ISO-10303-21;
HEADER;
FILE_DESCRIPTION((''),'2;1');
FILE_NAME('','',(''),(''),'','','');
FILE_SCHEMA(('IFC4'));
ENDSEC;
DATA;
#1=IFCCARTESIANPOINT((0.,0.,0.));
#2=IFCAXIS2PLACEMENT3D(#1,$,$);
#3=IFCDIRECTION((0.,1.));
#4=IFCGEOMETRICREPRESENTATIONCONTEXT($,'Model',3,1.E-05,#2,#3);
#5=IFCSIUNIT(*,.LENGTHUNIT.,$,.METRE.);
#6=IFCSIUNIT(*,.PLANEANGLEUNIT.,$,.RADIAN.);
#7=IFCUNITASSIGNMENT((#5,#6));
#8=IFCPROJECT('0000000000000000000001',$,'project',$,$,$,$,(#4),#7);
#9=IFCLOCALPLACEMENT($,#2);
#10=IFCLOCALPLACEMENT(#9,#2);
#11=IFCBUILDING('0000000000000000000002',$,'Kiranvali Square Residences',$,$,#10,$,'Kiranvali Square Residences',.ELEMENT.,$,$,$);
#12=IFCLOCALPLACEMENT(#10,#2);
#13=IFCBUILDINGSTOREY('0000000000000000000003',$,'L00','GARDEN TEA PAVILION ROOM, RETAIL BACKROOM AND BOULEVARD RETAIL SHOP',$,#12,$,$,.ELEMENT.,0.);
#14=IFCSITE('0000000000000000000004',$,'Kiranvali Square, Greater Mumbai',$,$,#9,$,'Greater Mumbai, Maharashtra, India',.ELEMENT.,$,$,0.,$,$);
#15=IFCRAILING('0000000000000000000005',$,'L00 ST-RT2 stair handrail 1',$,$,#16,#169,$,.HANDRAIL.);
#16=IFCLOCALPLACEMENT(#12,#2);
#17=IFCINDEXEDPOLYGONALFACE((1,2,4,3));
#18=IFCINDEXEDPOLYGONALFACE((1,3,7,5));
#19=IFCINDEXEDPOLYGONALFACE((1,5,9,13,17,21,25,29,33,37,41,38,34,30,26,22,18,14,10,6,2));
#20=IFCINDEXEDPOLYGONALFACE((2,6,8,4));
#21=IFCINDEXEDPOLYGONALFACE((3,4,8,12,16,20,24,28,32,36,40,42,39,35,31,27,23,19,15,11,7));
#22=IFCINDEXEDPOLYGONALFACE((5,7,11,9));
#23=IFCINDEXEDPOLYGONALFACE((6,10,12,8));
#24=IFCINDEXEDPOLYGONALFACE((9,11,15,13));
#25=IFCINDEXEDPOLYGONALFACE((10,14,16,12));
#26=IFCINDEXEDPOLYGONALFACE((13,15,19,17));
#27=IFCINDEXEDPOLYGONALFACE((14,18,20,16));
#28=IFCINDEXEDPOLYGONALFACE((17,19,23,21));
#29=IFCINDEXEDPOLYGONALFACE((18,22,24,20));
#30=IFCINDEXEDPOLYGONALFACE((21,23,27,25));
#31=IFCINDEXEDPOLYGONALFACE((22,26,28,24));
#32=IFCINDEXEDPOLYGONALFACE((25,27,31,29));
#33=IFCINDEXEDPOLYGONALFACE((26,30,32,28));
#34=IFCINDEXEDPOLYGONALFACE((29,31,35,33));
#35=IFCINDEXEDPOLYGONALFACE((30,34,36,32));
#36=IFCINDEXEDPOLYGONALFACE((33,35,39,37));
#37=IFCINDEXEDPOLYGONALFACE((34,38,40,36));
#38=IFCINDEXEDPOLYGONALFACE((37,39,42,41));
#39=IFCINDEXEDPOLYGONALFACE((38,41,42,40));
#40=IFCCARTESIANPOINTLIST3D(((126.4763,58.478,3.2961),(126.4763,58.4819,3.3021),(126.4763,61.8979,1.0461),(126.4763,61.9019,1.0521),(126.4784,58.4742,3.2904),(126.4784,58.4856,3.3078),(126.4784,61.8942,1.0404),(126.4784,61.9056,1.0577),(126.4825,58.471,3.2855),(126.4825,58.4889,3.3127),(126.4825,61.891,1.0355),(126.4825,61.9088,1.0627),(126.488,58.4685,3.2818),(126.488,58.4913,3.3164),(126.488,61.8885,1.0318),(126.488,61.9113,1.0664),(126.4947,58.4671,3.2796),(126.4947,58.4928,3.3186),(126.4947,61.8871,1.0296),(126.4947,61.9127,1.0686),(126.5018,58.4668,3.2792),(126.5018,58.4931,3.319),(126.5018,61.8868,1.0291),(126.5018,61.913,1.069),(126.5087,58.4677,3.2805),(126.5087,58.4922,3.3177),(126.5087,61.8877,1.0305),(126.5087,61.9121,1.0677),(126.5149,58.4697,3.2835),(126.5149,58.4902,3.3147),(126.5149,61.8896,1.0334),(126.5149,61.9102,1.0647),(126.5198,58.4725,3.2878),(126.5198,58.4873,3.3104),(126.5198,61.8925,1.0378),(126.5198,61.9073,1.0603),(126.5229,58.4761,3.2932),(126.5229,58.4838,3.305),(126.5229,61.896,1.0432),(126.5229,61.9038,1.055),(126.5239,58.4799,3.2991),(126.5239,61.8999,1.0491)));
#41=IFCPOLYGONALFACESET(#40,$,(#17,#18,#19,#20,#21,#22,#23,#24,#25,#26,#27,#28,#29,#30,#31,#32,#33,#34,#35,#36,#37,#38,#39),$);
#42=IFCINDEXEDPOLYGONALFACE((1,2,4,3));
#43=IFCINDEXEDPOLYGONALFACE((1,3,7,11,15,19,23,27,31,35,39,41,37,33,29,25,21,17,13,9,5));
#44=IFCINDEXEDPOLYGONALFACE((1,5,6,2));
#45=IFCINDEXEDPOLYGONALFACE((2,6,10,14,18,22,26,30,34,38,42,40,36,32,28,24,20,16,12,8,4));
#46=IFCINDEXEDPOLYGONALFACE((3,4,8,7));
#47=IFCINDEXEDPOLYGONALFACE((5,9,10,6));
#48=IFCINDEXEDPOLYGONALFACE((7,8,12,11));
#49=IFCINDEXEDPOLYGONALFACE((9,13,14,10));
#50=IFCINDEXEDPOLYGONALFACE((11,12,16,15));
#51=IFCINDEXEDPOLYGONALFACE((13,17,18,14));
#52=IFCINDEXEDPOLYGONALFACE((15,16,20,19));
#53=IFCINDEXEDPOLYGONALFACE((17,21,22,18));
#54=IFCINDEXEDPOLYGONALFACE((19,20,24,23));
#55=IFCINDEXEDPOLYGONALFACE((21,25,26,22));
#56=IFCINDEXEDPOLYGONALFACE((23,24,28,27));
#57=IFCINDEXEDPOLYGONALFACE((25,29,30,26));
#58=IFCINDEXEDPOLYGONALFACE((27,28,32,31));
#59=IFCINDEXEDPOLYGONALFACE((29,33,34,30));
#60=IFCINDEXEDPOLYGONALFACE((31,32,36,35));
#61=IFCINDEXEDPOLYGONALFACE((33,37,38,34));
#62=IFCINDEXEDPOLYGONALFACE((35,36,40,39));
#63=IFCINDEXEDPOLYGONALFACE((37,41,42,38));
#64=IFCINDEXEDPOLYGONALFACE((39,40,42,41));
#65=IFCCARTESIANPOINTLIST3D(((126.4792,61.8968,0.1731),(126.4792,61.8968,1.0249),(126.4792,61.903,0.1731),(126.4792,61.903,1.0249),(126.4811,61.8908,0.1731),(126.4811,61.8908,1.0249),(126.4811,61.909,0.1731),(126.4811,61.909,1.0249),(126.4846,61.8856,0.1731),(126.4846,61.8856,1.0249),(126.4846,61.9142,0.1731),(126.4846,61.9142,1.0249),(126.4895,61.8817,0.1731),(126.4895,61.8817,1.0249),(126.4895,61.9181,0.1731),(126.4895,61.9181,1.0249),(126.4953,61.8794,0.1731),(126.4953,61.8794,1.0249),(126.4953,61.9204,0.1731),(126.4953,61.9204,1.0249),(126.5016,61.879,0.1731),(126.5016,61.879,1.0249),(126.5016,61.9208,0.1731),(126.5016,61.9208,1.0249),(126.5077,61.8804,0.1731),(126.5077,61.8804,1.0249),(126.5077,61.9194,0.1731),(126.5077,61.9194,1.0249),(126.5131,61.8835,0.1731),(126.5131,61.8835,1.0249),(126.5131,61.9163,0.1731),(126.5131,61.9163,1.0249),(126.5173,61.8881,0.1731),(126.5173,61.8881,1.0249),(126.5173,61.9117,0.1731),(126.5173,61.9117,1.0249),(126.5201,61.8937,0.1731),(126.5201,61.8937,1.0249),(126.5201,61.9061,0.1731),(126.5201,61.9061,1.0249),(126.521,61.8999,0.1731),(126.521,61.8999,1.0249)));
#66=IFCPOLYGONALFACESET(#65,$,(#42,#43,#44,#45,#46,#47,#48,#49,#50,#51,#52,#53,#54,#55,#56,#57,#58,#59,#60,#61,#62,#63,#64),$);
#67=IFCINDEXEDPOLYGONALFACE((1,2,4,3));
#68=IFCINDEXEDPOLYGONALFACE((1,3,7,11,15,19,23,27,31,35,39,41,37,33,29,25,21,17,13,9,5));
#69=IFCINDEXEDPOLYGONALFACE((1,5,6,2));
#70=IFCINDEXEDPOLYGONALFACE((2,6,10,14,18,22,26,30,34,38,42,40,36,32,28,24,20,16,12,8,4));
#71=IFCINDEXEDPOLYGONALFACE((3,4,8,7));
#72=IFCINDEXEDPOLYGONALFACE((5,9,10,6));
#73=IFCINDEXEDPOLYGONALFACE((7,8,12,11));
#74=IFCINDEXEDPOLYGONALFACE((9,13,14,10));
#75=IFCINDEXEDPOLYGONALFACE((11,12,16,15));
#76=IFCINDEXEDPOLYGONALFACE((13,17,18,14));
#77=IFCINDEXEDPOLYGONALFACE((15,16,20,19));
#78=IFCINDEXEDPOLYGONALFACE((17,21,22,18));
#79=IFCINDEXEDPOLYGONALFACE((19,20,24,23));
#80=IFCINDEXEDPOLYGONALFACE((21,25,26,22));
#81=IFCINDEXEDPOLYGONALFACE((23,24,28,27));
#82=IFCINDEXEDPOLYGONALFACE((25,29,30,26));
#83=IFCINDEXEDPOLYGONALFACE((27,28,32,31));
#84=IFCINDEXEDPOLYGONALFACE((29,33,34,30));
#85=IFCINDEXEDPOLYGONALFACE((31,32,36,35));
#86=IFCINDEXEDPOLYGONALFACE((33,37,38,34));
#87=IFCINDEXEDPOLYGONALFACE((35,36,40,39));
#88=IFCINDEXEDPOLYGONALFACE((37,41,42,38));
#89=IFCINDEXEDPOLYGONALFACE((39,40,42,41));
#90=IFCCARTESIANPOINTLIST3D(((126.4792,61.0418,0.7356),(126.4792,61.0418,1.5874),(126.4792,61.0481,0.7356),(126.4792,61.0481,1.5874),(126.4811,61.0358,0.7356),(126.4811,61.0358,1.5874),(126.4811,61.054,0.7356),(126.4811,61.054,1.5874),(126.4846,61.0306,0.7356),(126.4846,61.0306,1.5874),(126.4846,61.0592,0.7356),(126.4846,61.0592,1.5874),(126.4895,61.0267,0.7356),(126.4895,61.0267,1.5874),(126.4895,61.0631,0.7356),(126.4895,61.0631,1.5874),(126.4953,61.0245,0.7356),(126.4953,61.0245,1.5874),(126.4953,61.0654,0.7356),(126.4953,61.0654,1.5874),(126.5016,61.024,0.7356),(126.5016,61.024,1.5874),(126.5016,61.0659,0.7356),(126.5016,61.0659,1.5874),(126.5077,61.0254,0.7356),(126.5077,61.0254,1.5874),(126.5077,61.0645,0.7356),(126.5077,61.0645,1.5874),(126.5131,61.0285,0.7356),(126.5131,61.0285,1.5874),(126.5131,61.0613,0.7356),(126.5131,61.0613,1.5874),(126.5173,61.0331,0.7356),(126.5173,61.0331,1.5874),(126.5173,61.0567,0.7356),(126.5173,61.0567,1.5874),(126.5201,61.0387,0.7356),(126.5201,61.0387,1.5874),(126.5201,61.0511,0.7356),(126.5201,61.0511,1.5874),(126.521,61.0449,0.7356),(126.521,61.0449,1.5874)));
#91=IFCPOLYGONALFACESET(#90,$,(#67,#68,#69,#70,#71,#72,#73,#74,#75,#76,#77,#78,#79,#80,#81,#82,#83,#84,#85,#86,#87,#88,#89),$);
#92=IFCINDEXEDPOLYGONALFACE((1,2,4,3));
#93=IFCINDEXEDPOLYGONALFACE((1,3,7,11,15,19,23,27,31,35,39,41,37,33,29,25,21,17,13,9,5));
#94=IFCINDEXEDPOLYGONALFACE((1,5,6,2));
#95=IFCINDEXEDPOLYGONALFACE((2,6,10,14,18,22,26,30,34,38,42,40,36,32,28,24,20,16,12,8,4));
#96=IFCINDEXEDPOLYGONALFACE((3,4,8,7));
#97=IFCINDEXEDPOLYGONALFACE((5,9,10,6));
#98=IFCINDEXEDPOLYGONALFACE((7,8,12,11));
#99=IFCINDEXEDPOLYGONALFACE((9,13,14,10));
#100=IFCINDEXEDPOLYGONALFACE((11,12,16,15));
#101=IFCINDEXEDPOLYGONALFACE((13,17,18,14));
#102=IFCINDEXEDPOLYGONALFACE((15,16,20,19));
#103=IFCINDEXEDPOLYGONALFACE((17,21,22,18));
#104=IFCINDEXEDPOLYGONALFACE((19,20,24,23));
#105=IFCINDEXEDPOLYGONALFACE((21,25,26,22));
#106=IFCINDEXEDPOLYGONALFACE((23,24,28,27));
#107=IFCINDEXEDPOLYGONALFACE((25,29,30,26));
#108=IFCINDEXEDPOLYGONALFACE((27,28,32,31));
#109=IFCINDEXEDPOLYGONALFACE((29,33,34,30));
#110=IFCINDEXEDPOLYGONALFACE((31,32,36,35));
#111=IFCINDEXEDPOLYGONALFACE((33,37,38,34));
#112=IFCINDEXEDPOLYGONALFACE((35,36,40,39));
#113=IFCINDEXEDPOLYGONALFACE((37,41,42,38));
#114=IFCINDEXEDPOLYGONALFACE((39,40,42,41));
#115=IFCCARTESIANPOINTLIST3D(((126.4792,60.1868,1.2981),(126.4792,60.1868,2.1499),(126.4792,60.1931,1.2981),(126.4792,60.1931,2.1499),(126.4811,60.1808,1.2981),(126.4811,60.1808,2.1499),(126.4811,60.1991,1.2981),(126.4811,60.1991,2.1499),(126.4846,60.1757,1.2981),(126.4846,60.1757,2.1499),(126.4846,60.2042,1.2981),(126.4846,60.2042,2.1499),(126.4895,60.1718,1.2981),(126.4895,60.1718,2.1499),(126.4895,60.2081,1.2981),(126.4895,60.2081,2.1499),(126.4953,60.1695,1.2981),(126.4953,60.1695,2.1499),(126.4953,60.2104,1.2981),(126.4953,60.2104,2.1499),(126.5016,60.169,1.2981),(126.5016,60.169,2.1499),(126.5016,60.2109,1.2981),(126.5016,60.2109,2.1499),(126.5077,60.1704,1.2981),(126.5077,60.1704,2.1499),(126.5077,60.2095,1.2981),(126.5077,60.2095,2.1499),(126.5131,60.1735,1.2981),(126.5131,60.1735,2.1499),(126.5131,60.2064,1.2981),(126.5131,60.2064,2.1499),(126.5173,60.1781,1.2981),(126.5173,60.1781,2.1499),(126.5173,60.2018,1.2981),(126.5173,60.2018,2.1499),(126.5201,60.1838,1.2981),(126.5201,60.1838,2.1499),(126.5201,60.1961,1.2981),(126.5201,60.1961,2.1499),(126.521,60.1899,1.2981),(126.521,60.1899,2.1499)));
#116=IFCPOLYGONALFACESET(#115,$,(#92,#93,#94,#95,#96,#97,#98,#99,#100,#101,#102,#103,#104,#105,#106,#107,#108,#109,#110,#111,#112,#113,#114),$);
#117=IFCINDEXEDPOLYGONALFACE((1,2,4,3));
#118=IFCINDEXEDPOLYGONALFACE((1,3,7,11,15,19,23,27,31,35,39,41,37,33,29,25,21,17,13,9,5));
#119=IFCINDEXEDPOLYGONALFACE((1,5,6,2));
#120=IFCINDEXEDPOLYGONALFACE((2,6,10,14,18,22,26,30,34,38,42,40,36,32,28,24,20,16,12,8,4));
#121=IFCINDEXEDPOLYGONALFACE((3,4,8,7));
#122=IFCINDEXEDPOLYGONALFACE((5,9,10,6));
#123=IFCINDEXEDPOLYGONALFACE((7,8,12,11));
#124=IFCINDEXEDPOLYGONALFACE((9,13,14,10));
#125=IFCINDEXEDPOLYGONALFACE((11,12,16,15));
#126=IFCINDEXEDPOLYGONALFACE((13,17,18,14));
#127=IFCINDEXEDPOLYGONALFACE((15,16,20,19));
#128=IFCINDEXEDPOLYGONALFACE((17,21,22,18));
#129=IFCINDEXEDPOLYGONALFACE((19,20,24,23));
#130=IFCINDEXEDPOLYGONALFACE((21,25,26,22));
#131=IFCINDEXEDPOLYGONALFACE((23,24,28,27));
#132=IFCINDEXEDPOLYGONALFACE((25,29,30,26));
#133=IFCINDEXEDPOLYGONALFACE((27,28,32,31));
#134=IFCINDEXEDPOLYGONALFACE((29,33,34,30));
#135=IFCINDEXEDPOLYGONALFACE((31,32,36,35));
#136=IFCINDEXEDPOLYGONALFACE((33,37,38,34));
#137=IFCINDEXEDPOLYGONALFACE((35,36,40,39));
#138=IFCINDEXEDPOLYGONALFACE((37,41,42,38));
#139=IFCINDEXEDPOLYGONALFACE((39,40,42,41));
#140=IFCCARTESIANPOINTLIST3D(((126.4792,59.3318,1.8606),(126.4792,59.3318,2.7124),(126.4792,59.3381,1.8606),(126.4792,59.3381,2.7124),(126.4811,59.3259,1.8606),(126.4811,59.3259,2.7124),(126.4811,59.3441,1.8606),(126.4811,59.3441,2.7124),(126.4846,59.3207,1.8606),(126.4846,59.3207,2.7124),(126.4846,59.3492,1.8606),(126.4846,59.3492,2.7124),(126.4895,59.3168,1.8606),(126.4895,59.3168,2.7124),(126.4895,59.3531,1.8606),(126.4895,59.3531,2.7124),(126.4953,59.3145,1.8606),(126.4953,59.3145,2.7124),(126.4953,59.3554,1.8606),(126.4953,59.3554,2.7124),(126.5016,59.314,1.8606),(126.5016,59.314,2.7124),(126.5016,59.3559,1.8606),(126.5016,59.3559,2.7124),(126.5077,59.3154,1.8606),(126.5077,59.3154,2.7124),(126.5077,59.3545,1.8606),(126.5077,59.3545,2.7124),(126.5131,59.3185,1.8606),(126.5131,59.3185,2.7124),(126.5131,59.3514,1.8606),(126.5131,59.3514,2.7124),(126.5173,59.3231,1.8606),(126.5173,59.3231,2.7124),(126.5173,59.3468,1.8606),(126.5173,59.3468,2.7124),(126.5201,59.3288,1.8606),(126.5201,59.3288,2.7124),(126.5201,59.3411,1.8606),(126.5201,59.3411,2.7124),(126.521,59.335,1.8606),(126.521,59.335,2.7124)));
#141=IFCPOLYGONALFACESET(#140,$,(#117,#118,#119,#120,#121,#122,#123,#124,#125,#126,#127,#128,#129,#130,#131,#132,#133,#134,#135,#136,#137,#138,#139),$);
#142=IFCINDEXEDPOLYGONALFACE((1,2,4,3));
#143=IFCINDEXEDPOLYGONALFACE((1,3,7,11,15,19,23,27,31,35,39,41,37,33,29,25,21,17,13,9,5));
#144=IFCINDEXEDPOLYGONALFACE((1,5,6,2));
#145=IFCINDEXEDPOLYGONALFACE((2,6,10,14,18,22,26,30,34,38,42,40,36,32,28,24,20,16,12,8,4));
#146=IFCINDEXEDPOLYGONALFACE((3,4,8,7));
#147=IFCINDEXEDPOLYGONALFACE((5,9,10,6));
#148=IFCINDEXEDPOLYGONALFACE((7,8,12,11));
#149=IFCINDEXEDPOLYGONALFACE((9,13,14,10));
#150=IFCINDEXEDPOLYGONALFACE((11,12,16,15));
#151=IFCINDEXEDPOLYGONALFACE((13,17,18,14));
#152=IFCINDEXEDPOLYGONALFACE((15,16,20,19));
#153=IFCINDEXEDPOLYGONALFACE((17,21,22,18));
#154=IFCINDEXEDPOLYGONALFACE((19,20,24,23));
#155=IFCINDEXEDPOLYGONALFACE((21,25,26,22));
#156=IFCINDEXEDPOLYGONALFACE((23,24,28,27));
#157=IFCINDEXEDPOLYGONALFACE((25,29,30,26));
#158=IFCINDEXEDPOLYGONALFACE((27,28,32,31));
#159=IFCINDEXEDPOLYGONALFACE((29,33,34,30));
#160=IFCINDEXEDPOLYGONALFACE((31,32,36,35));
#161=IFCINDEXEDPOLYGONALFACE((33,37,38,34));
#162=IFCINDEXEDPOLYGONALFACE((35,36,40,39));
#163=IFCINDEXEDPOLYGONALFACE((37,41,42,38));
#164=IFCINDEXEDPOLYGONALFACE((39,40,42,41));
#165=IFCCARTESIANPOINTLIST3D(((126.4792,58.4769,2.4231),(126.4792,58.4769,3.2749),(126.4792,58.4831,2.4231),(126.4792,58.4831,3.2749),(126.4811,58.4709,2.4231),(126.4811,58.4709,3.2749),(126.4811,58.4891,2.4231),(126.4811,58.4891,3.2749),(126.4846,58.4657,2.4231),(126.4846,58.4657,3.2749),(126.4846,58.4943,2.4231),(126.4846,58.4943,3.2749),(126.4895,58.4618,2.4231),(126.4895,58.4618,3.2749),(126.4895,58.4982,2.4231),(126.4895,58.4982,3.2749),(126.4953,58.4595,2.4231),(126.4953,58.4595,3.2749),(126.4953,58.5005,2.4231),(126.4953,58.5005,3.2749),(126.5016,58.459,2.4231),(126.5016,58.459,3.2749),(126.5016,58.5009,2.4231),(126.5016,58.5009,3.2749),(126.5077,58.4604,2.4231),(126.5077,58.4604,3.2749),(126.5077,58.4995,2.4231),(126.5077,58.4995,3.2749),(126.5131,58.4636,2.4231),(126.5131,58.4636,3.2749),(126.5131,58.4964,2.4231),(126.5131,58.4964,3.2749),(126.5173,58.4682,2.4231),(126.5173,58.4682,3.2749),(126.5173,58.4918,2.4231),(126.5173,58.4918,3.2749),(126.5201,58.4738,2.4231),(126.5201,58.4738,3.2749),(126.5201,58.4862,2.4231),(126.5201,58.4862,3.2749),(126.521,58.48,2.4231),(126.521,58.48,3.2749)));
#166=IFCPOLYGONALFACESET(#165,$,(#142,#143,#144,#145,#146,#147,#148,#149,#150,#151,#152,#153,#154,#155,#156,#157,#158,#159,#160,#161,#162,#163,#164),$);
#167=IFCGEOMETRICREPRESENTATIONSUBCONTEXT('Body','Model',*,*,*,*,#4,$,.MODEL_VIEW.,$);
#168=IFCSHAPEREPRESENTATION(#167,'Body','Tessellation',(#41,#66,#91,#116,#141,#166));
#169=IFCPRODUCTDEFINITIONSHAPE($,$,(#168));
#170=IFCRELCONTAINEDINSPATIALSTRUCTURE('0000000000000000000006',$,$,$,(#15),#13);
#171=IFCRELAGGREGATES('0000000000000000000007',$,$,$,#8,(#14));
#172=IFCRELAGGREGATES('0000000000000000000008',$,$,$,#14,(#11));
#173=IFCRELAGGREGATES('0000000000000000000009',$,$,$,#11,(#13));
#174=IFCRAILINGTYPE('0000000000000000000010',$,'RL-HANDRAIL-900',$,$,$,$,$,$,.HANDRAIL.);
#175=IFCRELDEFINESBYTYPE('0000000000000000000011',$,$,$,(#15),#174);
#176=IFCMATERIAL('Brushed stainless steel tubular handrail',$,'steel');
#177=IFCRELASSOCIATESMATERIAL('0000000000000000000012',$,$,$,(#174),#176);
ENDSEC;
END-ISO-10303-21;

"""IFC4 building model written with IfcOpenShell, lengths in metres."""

from ifc_helpers import new_model, si_unit, direction, frame, origin, origin_2d, place, context, subcontext, project, spatial, circle, extrude, material, type_object, element, save


model = new_model("IFC4")

# Units and contexts
model_context = context("Model", 3, precision=1e-05, world=origin(), true_north=direction((0.0, 1.0)))
body_context = subcontext(model_context, "Body", "Model", "MODEL_VIEW")
ifc_project = project(units=[si_unit("LENGTHUNIT", "METRE"), si_unit("PLANEANGLEUNIT", "RADIAN")], contexts=[model_context])

# Site, building, storey
site_placement = place(None, origin())
site = spatial("IfcSite", under=ifc_project, at=site_placement, Name="Kiranvali Square, Greater Mumbai", LongName="Greater Mumbai, Maharashtra, India", CompositionType="ELEMENT", RefElevation=0.0)
building_placement = place(site_placement, origin())
building = spatial("IfcBuilding", under=site, at=building_placement, Name="Kiranvali Square Residences", LongName="Kiranvali Square Residences", CompositionType="ELEMENT")
storey_placement = place(building_placement, origin())
storey = spatial("IfcBuildingStorey", under=building, at=storey_placement, Name="L00", Description="GARDEN TEA PAVILION ROOM, RETAIL BACKROOM AND BOULEVARD RETAIL SHOP", CompositionType="ELEMENT", Elevation=0.0)

# Railing
ifc_material_1 = material(Name="Brushed stainless steel tubular handrail", Category="steel")
railing_type = type_object("IfcRailingType", Name="RL-HANDRAIL-900", PredefinedType="HANDRAIL", material=ifc_material_1)
railing_placement = place(storey_placement, frame((126.5, 61.8999, 0.1731)))
element("IfcRailing", 1, at=railing_placement, inside=storey, type_object=railing_type, Name="L00 ST-RT2 stair handrail 1", PredefinedType="HANDRAIL", context=body_context, shape_type="SweptSolid", body=[
    extrude(circle(Radius=0.0239, at=origin_2d()), frame((0.0, 0.0, 0.876), z_axis=(0.0, -0.835411, 0.549625), x_axis=(1.0, 0.0, 0.0)), (0.0, 0.0, 1.0), 4.0938),
    extrude(circle(Radius=0.021, at=origin_2d()), origin(), (0.0, 0.0, 1.0), 0.8518),
    extrude(circle(Radius=0.021, at=origin_2d()), frame((0.0, -0.855, 0.5625)), (0.0, 0.0, 1.0), 0.8518),
    extrude(circle(Radius=0.021, at=origin_2d()), frame((0.0, -1.71, 1.125)), (0.0, 0.0, 1.0), 0.8518),
    extrude(circle(Radius=0.021, at=origin_2d()), frame((0.0, -2.5649, 1.6875)), (0.0, 0.0, 1.0), 0.8518),
    extrude(circle(Radius=0.021, at=origin_2d()), frame((0.0, -3.4199, 2.25)), (0.0, 0.0, 1.0), 0.8518),
])

save(model, "model.ifc")
